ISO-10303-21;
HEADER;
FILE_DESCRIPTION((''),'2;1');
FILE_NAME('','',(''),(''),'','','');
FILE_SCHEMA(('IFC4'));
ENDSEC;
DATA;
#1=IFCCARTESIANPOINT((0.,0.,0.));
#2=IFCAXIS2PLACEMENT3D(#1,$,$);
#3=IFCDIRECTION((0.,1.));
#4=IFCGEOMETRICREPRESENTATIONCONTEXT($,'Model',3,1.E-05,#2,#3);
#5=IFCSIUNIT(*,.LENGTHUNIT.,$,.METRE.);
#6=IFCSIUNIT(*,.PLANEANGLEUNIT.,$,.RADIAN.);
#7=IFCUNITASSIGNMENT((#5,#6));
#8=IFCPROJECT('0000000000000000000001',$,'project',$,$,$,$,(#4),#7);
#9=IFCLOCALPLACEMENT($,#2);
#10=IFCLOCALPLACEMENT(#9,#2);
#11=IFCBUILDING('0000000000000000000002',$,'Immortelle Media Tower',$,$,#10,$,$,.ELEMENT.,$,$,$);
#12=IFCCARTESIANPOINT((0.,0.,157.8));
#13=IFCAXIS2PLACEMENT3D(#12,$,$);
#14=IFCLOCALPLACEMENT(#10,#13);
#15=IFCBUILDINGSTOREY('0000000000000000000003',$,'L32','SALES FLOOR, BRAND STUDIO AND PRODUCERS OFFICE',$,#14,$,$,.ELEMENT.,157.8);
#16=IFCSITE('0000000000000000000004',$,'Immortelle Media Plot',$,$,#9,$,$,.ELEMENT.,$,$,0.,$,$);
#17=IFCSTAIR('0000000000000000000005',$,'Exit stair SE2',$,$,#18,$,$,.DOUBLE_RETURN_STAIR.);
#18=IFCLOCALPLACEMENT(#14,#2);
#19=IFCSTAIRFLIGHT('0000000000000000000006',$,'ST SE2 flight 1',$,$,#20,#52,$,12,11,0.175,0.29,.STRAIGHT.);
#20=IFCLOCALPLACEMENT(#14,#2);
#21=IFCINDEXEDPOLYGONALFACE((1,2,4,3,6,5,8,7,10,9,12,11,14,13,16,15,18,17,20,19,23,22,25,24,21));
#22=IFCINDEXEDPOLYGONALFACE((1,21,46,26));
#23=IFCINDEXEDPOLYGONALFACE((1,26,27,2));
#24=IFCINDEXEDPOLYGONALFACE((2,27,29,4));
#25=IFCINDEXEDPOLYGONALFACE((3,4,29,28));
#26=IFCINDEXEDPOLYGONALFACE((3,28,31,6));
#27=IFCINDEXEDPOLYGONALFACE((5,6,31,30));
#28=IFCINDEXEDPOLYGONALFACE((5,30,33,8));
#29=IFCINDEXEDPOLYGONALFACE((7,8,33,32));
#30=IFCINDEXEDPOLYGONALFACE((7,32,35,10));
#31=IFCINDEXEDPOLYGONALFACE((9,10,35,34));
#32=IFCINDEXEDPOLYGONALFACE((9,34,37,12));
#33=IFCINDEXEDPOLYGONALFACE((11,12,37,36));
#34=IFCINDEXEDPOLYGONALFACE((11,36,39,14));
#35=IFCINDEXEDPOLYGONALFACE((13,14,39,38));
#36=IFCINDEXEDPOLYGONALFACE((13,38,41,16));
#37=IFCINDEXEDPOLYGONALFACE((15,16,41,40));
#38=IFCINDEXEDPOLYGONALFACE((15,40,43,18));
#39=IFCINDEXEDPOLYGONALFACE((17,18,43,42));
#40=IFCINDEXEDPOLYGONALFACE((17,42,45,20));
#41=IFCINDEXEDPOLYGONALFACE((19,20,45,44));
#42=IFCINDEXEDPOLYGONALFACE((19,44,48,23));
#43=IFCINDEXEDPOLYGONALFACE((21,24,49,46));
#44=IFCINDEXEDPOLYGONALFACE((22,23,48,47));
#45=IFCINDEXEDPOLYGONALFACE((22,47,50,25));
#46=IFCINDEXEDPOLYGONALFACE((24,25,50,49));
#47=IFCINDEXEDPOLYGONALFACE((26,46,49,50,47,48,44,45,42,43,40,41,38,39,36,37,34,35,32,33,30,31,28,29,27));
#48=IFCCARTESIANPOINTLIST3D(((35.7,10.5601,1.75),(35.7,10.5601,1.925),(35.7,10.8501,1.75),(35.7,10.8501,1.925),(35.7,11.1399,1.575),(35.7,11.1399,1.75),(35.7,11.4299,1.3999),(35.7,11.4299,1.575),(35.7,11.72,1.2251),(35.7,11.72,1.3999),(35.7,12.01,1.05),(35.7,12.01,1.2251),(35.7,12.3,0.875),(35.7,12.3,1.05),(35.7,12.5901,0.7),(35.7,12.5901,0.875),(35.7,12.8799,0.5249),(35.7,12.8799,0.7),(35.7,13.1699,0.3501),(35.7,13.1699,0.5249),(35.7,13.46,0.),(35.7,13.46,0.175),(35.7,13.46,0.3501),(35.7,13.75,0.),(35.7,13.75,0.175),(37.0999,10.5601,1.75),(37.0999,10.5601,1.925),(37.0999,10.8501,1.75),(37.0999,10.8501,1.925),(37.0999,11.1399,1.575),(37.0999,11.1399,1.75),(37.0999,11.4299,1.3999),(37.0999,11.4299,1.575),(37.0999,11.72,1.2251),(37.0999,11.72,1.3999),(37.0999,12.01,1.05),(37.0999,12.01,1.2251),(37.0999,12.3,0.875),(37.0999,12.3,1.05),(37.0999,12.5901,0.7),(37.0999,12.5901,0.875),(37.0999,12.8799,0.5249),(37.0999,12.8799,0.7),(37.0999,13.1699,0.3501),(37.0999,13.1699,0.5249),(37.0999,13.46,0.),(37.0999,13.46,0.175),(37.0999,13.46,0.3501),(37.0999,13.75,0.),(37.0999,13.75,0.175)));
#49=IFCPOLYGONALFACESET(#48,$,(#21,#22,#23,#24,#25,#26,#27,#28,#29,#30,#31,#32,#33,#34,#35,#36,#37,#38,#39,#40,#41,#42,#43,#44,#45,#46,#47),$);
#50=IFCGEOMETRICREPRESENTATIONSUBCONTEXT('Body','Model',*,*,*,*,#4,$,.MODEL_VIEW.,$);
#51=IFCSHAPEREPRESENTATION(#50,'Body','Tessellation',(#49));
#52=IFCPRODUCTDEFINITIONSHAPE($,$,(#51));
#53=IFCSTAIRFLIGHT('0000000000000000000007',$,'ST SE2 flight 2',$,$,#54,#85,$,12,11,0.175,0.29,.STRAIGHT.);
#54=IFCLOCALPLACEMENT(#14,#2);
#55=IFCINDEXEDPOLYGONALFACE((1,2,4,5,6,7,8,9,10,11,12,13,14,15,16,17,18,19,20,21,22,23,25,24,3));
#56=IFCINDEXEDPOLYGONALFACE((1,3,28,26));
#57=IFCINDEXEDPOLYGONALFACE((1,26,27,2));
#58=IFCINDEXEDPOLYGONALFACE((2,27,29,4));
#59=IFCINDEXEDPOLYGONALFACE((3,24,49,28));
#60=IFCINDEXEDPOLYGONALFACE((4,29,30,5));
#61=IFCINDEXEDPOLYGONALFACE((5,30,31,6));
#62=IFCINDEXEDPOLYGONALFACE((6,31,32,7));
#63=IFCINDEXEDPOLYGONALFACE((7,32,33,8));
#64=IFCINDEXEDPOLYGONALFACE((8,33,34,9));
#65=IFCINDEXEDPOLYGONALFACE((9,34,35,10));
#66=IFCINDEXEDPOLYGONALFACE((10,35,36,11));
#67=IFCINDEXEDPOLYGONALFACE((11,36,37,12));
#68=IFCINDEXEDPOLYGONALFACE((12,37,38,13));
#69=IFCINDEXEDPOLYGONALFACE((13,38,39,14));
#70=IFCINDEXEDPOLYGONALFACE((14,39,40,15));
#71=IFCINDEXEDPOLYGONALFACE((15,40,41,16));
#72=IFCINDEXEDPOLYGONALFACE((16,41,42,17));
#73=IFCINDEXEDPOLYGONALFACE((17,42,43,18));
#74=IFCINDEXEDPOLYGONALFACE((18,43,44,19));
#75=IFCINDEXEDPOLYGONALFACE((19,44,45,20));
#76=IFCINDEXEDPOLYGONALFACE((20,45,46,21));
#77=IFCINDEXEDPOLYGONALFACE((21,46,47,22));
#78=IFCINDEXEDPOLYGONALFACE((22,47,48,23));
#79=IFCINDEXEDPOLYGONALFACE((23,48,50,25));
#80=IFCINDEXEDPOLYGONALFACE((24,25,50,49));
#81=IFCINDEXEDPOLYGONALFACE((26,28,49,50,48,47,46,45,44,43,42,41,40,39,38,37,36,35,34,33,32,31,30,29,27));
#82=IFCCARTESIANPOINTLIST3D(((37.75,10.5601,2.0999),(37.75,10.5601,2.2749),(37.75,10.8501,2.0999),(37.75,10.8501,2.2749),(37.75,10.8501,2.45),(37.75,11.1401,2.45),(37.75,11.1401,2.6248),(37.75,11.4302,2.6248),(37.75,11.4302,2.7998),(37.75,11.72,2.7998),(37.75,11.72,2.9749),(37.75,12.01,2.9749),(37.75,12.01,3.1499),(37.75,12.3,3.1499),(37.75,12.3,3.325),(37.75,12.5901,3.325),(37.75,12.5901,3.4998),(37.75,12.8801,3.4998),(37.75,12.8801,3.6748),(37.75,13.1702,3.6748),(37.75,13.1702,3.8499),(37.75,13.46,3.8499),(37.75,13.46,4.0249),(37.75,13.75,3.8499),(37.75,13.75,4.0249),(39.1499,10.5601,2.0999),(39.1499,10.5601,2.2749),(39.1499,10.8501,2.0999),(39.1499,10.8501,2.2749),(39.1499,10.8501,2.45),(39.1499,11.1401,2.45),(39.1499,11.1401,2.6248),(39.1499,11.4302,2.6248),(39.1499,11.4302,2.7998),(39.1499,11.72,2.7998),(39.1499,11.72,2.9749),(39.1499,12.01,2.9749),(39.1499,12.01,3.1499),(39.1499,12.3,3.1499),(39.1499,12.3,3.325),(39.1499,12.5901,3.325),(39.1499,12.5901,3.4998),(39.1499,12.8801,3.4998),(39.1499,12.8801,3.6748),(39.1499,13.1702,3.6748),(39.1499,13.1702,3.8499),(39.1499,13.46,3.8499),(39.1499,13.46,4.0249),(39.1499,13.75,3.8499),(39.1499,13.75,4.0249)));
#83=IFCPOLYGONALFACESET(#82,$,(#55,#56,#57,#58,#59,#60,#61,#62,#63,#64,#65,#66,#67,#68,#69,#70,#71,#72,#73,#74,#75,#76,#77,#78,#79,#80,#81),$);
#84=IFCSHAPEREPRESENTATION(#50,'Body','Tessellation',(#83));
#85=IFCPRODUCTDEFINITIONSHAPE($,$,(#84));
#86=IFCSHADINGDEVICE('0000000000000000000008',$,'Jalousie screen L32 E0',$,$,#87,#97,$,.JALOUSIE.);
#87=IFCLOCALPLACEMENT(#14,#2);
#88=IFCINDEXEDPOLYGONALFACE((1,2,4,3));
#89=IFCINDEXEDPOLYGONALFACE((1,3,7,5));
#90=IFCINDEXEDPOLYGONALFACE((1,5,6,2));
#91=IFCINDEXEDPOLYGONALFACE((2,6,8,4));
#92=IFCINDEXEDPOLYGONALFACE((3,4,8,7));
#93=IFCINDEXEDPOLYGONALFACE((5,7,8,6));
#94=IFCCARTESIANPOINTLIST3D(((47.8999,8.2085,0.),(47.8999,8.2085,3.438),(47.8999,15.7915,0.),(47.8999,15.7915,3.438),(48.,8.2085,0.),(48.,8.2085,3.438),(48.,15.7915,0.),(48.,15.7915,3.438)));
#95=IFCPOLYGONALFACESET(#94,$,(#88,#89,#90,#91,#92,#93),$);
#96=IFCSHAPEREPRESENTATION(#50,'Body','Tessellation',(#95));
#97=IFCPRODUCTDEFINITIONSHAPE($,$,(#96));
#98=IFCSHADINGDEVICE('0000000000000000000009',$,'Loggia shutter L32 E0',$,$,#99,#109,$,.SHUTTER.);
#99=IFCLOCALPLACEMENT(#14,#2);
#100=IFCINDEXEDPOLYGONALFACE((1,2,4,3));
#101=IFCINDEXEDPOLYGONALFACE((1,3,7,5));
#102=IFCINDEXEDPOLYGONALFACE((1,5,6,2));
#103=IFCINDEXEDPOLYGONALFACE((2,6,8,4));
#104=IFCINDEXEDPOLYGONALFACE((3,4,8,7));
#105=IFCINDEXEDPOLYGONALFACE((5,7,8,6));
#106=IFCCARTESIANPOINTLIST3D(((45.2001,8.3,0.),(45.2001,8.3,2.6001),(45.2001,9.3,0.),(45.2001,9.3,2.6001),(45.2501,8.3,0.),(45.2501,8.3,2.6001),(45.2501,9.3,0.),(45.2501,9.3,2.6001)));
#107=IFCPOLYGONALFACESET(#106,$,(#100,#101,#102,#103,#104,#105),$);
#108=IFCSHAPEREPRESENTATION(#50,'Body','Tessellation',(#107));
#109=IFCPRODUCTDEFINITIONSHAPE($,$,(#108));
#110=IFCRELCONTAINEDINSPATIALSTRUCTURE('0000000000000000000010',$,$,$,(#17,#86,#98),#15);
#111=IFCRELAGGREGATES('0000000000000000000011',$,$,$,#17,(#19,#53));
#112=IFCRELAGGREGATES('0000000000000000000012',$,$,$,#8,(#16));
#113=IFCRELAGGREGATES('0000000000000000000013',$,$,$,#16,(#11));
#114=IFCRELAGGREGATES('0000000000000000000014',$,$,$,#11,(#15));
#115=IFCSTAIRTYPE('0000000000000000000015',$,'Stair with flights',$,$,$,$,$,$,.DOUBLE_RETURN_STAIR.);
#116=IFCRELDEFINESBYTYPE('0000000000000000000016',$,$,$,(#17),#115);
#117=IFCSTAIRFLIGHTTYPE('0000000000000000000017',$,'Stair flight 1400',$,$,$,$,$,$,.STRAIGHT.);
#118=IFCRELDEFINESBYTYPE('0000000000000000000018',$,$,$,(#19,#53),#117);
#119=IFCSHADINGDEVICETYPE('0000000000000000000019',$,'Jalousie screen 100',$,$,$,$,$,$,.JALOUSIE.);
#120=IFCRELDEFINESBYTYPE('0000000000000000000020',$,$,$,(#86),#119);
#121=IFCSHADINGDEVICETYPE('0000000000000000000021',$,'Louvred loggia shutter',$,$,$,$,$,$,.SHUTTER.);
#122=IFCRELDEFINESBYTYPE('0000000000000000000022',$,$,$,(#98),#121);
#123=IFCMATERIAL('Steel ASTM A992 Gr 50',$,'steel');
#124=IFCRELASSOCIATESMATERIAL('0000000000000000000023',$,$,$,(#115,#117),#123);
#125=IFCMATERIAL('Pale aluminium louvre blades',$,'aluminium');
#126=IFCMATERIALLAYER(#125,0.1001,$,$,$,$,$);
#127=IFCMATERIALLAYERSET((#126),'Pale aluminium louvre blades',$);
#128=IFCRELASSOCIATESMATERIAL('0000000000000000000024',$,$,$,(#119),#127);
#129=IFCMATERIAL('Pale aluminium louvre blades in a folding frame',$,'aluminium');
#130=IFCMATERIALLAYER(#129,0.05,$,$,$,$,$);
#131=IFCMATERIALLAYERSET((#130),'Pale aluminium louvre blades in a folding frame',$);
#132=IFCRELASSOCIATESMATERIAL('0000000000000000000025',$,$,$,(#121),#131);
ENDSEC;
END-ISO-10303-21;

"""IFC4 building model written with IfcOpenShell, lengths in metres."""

from ifc_helpers import new_model, si_unit, direction, frame, origin, origin_2d, place, context, subcontext, project, spatial, polyline, rectangle, outline, extrude, material, layer, layer_set, type_object, element, aggregate, save


model = new_model("IFC4")

# Units and contexts
model_context = context("Model", 3, precision=1e-05, world=origin(), true_north=direction((0.0, 1.0)))
body_context = subcontext(model_context, "Body", "Model", "MODEL_VIEW")
ifc_project = project(units=[si_unit("LENGTHUNIT", "METRE"), si_unit("PLANEANGLEUNIT", "RADIAN")], contexts=[model_context])

# Site, building, storey
site_placement = place(None, origin())
site = spatial("IfcSite", under=ifc_project, at=site_placement, Name="Immortelle Media Plot", CompositionType="ELEMENT", RefElevation=0.0)
building_placement = place(site_placement, origin())
building = spatial("IfcBuilding", under=site, at=building_placement, Name="Immortelle Media Tower", CompositionType="ELEMENT")
storey_placement = place(building_placement, frame((0.0, 0.0, 157.8)))
storey = spatial("IfcBuildingStorey", under=building, at=storey_placement, Name="L32", Description="SALES FLOOR, BRAND STUDIO AND PRODUCERS OFFICE", CompositionType="ELEMENT", Elevation=157.8)

# Shared definitions
ifc_material_1 = material(Name="Steel ASTM A992 Gr 50", Category="steel")

# Stair, stair flights
stair_type = type_object("IfcStairType", Name="Stair with flights", PredefinedType="DOUBLE_RETURN_STAIR", material=ifc_material_1)
stair_flight_type = type_object("IfcStairFlightType", Name="Stair flight 1400", PredefinedType="STRAIGHT", material=ifc_material_1)
stair_1_placement = place(storey_placement, origin())
stair_1 = element("IfcStair", 1, at=stair_1_placement, inside=storey, type_object=stair_type, Name="Exit stair SE2", PredefinedType="DOUBLE_RETURN_STAIR")
stair_flight_1_placement = place(storey_placement, frame((36.3999, 13.75, 0.0), z_axis=(0.0, 0.0, 1.0), x_axis=(0.0, -1.0, 0.0)))
stair_flight_1 = element("IfcStairFlight", 2, at=stair_flight_1_placement, type_object=stair_flight_type, Name="ST SE2 flight 1", NumberOfRisers=12, NumberOfTreads=11, PredefinedType="STRAIGHT", RiserHeight=0.175, TreadLength=0.29, context=body_context, shape_type="SweptSolid", body=[
    extrude(outline(polyline([(0.0, 0.0), (0.0, 0.175), (0.29, 0.175), (0.29, 0.3501), (0.5801, 0.3501), (0.5801, 0.5249), (0.8701, 0.5249), (0.8701, 0.7), (1.1599, 0.7), (1.1599, 0.875), (1.45, 0.875), (1.45, 1.05), (1.74, 1.05), (1.74, 1.2251), (2.03, 1.2251), (2.03, 1.3999), (2.3201, 1.3999), (2.3201, 1.575), (2.6101, 1.575), (2.6101, 1.75), (2.8999, 1.75), (2.8999, 1.925), (3.1899, 1.925), (3.1899, 2.1001), (3.1899, 1.75), (0.29, 0.0), (0.0, 0.0)])), frame((0.0, 0.7, 0.0), z_axis=(0.0, -1.0, 0.0), x_axis=(1.0, 0.0, 0.0)), (0.0, 0.0, 1.0), 1.3999),
])
stair_flight_2_placement = place(storey_placement, frame((38.45, 10.5601, 2.0999), z_axis=(0.0, 0.0, 1.0), x_axis=(0.0, 1.0, 0.0)))
stair_flight_2 = element("IfcStairFlight", 3, at=stair_flight_2_placement, type_object=stair_flight_type, Name="ST SE2 flight 2", NumberOfRisers=12, NumberOfTreads=11, PredefinedType="STRAIGHT", RiserHeight=0.175, TreadLength=0.29, context=body_context, shape_type="SweptSolid", body=[
    extrude(outline(polyline([(0.0, 0.0), (0.0, 0.175), (0.29, 0.175), (0.29, 0.3501), (0.5801, 0.3501), (0.5801, 0.5249), (0.8701, 0.5249), (0.8701, 0.7), (1.1599, 0.7), (1.1599, 0.875), (1.45, 0.875), (1.45, 1.05), (1.74, 1.05), (1.74, 1.2251), (2.03, 1.2251), (2.03, 1.3999), (2.3201, 1.3999), (2.3201, 1.575), (2.6101, 1.575), (2.6101, 1.75), (2.8999, 1.75), (2.8999, 1.925), (3.1899, 1.925), (3.1899, 2.1001), (3.1899, 1.75), (0.29, 0.0), (0.0, 0.0)])), frame((0.0, 0.7, 0.0), z_axis=(0.0, -1.0, 0.0), x_axis=(1.0, 0.0, 0.0)), (0.0, 0.0, 1.0), 1.3999),
])
aggregate(stair_1, [stair_flight_1, stair_flight_2])

# Shading devices
ifc_material_2 = material(Name="Pale aluminium louvre blades", Category="aluminium")
ifc_layer_1 = layer(ifc_material_2, 0.1001)
ifc_layer_set_1 = layer_set([ifc_layer_1], Name="Pale aluminium louvre blades")
shading_device_type_1 = type_object("IfcShadingDeviceType", Name="Jalousie screen 100", PredefinedType="JALOUSIE", material=ifc_layer_set_1)
shading_device_1_placement = place(storey_placement, frame((47.95, 12.0, 0.0), z_axis=(0.0, 0.0, 1.0), x_axis=(0.0, 1.0, 0.0)))
element("IfcShadingDevice", 4, at=shading_device_1_placement, inside=storey, type_object=shading_device_type_1, Name="Jalousie screen L32 E0", PredefinedType="JALOUSIE", context=body_context, shape_type="SweptSolid", body=[
    extrude(rectangle(XDim=7.583, YDim=0.1001, at=origin_2d()), origin(), (0.0, 0.0, 1.0), 3.438),
])
ifc_material_3 = material(Name="Pale aluminium louvre blades in a folding frame", Category="aluminium")
ifc_layer_2 = layer(ifc_material_3, 0.05)
ifc_layer_set_2 = layer_set([ifc_layer_2], Name="Pale aluminium louvre blades in a folding frame")
shading_device_type_2 = type_object("IfcShadingDeviceType", Name="Louvred loggia shutter", PredefinedType="SHUTTER", material=ifc_layer_set_2)
shading_device_2_placement = place(storey_placement, frame((45.2251, 8.8, 0.0), z_axis=(0.0, 0.0, 1.0), x_axis=(0.0, 1.0, 0.0)))
element("IfcShadingDevice", 5, at=shading_device_2_placement, inside=storey, type_object=shading_device_type_2, Name="Loggia shutter L32 E0", PredefinedType="SHUTTER", context=body_context, shape_type="SweptSolid", body=[
    extrude(rectangle(XDim=1.0, YDim=0.05, at=origin_2d()), origin(), (0.0, 0.0, 1.0), 2.6001),
])

save(model, "model.ifc")
